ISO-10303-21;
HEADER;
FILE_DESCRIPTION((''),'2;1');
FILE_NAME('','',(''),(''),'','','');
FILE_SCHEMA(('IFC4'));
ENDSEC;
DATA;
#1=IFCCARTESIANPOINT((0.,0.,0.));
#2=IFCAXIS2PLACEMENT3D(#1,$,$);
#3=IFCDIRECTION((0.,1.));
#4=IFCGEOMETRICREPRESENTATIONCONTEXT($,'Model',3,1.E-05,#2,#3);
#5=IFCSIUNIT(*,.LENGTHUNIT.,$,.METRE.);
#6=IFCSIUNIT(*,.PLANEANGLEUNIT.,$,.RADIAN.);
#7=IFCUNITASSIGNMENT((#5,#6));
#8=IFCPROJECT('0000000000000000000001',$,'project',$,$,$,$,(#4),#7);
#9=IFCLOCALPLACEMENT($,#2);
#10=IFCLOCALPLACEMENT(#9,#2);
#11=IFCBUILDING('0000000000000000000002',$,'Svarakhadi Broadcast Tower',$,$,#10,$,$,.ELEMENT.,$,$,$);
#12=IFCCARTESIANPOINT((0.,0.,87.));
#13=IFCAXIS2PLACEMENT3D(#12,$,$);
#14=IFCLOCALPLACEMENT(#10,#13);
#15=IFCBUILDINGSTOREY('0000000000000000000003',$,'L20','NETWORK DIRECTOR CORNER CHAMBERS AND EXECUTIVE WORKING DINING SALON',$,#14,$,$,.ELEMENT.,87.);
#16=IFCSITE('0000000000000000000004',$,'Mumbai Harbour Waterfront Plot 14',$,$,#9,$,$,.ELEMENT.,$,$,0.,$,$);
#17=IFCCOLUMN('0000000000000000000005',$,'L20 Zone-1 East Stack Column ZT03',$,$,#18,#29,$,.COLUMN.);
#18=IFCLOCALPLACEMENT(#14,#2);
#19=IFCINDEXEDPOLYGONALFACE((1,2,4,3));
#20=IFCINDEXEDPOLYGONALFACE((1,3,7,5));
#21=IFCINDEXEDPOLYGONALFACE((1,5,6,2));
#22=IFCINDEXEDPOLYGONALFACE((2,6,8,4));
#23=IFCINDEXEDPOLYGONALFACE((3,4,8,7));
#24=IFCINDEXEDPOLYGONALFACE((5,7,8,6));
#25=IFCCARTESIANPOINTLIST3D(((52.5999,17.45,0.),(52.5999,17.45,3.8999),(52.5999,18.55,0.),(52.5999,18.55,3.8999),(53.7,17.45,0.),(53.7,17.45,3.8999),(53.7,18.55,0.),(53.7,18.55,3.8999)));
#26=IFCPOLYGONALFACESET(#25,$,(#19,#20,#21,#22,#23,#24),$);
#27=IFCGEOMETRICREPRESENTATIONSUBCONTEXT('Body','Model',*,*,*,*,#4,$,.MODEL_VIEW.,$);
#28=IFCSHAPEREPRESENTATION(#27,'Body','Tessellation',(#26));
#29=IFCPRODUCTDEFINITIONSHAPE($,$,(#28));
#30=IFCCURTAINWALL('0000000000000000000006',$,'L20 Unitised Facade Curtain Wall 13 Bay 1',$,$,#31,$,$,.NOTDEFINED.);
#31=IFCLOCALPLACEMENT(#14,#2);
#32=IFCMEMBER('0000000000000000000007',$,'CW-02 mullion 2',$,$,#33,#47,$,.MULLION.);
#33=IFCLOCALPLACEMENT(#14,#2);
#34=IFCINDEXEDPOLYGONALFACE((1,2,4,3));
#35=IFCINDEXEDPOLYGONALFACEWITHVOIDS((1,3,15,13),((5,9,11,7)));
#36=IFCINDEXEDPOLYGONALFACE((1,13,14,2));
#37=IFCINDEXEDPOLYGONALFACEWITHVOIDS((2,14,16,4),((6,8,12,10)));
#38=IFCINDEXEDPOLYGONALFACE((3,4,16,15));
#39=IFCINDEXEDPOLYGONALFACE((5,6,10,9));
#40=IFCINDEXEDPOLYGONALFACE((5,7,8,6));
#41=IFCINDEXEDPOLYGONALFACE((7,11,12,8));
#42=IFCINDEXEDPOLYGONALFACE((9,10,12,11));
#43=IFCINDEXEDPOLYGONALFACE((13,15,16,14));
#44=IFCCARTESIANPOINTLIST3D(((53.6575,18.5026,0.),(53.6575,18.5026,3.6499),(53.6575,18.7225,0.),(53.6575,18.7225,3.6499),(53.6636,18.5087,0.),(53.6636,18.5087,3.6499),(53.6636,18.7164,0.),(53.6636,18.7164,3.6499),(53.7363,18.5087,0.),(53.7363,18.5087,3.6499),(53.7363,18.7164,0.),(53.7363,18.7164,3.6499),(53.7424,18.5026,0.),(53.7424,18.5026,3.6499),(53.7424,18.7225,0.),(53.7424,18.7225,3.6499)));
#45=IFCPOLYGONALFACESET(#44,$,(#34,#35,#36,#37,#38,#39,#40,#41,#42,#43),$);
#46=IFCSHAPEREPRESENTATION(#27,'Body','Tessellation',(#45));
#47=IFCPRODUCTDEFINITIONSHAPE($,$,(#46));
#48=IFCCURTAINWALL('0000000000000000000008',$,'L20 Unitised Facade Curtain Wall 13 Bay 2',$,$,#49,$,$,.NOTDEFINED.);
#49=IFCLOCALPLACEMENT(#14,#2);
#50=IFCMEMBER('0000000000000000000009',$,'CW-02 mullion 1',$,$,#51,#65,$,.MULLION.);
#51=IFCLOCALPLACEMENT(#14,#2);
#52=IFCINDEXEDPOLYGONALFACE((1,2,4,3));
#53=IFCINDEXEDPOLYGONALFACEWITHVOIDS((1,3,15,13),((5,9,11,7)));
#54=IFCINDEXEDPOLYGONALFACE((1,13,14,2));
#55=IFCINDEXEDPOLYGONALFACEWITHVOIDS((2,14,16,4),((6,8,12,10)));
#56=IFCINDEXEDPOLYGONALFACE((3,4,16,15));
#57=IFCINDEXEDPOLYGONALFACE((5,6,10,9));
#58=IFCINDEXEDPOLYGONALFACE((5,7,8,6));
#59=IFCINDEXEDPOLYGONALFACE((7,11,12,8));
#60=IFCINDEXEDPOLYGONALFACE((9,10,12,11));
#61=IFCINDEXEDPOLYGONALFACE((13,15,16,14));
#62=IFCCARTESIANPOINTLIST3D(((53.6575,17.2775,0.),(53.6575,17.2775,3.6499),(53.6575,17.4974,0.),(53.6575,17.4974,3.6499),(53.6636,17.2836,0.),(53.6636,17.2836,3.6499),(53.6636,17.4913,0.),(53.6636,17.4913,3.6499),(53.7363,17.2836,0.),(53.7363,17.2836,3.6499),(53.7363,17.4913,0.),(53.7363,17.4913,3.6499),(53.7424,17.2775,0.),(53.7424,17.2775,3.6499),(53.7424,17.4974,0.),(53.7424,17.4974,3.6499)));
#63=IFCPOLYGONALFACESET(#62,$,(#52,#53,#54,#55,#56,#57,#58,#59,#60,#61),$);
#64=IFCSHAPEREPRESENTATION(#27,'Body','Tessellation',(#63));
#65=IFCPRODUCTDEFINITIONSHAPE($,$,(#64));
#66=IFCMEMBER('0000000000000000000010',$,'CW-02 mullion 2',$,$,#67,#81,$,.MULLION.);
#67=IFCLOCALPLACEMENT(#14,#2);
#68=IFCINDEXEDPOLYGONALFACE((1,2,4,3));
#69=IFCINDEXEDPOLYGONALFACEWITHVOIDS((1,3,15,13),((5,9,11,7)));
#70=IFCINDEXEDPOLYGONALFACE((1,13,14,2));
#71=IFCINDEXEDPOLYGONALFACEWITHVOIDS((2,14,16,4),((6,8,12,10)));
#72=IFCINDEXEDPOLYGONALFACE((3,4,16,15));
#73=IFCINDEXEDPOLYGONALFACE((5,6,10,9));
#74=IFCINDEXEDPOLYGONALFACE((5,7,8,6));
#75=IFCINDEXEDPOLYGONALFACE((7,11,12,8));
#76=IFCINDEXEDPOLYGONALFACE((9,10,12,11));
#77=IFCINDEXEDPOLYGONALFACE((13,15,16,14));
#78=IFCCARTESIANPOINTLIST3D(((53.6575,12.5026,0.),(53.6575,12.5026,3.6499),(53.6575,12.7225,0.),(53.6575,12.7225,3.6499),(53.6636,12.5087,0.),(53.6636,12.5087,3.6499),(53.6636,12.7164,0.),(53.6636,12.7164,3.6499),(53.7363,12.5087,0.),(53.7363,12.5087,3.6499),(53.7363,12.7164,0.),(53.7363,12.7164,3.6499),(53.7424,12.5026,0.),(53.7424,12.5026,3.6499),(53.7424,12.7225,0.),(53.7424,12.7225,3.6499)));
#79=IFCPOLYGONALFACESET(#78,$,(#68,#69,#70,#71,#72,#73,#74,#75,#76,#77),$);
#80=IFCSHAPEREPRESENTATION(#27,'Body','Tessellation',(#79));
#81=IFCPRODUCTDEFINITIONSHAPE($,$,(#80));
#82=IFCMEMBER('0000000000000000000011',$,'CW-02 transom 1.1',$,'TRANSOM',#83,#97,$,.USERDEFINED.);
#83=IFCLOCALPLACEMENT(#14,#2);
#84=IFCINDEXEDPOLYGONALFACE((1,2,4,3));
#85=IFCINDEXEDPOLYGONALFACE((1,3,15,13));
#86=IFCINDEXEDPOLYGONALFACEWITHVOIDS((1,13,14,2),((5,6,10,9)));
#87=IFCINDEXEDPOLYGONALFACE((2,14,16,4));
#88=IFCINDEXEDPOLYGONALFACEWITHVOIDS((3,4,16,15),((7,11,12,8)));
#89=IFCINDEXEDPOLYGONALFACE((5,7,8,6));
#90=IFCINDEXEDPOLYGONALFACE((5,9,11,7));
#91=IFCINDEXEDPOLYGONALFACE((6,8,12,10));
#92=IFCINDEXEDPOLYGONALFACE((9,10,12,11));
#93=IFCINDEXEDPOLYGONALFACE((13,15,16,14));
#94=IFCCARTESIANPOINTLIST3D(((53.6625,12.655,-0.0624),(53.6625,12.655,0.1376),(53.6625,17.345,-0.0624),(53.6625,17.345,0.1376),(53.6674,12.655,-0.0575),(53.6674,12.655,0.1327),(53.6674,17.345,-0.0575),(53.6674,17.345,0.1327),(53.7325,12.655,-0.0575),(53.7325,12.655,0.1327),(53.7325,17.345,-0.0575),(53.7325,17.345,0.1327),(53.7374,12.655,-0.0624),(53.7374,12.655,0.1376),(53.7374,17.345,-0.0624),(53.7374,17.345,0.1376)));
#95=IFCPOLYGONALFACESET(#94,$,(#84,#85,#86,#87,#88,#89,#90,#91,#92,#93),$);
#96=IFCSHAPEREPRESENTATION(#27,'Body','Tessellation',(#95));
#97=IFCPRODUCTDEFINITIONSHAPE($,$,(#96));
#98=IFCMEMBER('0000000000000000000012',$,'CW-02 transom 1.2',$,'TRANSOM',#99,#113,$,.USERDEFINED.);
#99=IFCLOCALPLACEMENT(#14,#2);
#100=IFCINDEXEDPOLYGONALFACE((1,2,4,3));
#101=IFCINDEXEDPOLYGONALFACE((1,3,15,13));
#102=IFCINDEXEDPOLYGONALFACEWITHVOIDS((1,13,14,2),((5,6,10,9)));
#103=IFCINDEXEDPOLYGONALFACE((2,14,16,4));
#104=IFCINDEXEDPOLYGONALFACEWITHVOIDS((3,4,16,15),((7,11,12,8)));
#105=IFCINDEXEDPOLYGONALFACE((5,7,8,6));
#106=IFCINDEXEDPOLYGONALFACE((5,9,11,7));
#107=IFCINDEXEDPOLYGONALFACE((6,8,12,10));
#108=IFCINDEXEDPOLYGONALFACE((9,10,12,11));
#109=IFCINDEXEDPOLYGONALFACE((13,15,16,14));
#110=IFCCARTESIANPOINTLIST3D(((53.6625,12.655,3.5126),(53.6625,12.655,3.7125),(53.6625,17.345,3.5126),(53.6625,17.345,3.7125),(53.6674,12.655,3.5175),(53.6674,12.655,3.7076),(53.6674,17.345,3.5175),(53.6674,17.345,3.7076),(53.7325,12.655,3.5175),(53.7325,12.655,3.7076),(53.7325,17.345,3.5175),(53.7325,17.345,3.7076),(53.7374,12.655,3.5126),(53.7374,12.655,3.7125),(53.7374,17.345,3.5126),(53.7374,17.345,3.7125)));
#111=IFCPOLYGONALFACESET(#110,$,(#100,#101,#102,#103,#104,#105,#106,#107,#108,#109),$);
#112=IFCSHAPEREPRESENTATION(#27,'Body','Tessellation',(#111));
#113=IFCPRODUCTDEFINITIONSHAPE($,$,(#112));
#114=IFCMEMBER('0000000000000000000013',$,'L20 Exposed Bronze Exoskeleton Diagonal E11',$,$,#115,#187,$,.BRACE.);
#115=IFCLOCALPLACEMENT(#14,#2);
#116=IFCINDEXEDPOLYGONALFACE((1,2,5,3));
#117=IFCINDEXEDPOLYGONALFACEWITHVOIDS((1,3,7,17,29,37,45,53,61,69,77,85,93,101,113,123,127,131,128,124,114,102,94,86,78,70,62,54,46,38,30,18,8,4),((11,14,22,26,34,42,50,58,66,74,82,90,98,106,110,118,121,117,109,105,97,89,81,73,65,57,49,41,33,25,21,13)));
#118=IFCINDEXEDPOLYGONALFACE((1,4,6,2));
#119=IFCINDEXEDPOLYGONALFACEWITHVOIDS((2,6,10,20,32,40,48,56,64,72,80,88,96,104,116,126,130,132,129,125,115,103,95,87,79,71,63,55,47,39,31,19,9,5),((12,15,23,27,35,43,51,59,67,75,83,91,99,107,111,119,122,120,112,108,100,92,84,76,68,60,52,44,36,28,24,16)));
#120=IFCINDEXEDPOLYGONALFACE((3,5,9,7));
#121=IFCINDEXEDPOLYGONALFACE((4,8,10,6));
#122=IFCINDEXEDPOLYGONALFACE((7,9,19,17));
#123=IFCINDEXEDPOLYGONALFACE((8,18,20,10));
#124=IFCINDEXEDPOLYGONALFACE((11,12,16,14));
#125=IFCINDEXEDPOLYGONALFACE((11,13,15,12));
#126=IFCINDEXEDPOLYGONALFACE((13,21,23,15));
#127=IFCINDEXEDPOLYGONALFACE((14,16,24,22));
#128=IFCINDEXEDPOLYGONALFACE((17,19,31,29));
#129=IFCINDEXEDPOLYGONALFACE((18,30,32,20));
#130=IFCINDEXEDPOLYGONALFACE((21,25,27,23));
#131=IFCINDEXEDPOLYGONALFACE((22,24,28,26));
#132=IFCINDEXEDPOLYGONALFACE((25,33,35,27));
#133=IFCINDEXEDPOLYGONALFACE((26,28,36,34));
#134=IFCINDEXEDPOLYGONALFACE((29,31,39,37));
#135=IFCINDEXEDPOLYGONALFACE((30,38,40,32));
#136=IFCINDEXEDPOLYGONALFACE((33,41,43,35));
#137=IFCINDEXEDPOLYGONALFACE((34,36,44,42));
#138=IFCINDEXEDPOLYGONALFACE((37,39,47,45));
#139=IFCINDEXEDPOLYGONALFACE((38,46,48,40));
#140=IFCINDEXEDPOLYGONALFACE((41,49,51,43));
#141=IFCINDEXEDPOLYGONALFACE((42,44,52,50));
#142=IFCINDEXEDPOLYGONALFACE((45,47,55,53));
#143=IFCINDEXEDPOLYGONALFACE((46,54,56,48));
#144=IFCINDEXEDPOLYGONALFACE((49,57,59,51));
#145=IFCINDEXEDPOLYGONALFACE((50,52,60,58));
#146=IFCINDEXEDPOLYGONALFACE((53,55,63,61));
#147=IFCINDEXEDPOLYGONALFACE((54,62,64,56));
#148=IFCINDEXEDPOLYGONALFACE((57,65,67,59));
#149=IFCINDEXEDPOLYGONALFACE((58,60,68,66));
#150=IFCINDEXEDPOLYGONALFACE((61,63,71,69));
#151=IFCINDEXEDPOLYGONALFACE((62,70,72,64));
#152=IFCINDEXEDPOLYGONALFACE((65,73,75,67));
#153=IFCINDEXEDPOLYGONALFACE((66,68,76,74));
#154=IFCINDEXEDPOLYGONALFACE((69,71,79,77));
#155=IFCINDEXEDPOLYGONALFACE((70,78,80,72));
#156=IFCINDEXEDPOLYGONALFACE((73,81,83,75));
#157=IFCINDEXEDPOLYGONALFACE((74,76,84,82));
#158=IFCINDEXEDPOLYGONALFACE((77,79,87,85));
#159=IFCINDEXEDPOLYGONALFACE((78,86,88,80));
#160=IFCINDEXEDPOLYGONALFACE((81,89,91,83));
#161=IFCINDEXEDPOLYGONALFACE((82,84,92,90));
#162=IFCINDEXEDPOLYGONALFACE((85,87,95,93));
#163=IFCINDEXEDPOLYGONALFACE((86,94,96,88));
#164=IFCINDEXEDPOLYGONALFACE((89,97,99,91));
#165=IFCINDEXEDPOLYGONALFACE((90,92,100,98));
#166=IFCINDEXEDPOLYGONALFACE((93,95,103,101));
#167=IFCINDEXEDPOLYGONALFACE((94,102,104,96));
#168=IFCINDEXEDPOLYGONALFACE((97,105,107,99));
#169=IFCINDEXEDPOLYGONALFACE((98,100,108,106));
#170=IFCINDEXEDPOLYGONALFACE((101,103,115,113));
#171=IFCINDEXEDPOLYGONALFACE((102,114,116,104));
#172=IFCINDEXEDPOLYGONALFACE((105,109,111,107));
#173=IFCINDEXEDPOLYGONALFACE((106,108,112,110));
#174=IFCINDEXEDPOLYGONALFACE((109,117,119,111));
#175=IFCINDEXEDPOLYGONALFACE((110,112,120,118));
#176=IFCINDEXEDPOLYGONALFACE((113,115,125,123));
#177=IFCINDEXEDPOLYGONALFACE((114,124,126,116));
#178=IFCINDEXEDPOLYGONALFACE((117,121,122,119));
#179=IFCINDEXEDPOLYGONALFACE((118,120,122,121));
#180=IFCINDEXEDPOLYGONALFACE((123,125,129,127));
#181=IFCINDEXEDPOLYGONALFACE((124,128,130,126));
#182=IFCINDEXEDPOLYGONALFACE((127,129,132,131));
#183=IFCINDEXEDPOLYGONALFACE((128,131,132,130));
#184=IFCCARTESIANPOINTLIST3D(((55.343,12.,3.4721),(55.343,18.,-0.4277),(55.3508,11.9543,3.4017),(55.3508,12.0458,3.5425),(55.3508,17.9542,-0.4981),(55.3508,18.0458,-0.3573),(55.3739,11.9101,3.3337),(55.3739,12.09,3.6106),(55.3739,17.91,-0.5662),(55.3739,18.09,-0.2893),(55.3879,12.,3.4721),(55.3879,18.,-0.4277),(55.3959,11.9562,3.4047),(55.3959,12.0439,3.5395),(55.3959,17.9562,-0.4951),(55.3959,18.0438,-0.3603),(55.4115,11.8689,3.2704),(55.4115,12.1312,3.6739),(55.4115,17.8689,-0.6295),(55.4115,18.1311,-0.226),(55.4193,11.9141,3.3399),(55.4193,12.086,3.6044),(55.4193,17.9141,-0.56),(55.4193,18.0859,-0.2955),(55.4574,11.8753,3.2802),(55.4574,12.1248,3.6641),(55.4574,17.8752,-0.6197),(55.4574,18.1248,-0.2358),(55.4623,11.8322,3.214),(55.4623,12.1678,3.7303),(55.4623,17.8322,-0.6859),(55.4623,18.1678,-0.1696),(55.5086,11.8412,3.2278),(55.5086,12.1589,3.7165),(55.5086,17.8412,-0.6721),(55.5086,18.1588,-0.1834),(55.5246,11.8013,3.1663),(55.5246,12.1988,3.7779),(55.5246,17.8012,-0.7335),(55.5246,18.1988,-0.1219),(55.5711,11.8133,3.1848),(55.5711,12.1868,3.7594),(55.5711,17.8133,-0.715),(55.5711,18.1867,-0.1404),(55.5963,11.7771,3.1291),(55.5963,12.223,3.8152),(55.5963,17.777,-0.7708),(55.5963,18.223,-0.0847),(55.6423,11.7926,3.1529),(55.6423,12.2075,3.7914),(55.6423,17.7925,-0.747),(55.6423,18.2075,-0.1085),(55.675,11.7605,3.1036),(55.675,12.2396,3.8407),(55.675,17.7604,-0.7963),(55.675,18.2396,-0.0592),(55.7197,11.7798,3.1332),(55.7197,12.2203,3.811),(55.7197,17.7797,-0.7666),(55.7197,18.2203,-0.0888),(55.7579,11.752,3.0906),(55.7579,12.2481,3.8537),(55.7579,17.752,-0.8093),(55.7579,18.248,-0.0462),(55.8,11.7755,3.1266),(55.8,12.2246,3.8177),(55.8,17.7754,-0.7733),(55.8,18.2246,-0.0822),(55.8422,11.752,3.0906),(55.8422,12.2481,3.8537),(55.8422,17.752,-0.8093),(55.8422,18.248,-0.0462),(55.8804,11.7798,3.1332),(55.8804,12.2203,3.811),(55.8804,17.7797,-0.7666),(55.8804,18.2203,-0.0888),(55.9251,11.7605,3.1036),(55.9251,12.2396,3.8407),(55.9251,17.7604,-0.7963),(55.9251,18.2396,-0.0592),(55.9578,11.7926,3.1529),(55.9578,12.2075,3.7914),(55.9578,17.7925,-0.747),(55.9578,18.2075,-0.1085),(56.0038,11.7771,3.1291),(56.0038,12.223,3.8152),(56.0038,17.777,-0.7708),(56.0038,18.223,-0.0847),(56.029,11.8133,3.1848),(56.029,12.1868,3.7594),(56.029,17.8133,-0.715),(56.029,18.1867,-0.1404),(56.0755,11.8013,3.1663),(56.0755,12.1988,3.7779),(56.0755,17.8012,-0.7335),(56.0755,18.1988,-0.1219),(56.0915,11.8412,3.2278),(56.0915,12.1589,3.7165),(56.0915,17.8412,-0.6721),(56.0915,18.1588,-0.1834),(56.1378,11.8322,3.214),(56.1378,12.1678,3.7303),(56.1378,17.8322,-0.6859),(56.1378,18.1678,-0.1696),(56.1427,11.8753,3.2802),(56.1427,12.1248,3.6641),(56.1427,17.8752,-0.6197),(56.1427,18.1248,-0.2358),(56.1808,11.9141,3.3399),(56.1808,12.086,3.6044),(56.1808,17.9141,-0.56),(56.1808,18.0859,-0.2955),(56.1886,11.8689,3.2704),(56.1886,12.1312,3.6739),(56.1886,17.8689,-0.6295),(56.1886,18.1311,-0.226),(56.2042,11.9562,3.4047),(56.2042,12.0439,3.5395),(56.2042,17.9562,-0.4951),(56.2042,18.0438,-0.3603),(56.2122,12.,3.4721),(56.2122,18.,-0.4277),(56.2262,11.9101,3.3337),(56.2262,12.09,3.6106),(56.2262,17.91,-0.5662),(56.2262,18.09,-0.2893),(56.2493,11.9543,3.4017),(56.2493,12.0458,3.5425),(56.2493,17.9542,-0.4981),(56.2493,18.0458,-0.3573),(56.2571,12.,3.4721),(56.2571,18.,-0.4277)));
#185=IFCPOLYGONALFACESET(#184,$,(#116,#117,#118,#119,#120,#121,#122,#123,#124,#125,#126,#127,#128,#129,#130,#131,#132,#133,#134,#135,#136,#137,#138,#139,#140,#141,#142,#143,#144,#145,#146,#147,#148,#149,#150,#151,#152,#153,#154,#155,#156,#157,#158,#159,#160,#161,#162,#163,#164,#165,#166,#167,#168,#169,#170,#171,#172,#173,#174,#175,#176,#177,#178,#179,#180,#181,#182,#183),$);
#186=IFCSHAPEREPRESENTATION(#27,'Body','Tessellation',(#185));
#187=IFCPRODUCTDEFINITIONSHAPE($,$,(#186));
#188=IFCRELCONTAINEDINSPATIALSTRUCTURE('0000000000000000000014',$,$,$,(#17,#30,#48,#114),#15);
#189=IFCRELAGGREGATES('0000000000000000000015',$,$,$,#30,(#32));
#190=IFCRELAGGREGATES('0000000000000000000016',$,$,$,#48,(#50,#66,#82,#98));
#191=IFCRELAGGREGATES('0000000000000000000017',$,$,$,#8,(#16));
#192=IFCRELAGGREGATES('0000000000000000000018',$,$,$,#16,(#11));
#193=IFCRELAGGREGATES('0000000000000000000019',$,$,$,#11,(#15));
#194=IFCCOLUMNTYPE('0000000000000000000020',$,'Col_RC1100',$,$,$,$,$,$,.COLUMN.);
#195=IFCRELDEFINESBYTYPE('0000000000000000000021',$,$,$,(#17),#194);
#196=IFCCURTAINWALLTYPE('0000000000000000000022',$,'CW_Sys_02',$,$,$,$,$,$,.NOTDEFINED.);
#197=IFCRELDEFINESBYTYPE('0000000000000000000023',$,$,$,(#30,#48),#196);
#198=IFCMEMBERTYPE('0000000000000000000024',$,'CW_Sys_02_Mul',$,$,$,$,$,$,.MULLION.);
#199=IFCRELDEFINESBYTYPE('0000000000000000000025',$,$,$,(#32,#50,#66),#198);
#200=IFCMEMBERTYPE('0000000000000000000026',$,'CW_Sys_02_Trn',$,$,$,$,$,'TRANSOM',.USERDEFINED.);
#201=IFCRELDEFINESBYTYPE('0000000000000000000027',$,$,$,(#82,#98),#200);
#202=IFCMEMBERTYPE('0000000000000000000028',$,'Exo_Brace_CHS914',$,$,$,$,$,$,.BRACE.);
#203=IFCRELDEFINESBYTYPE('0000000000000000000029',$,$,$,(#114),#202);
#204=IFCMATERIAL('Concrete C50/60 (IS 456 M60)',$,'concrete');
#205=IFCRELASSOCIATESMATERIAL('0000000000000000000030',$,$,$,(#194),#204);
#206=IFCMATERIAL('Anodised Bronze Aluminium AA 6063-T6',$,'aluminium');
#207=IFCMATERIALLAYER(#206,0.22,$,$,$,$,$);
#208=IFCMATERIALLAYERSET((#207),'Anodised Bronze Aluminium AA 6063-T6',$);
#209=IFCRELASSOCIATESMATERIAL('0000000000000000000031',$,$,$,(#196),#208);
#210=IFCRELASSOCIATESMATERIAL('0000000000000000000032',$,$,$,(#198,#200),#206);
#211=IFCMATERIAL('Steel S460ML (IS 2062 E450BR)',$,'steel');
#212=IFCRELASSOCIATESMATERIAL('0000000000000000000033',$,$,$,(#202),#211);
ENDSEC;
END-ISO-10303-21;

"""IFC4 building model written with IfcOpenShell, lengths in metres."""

from ifc_helpers import new_model, si_unit, direction, frame, origin, origin_2d, place, context, subcontext, project, spatial, rectangle, hollow_rectangle, hollow_circle, extrude, material, layer, layer_set, material_profile, profile_set, type_object, element, aggregate, save


model = new_model("IFC4")

# Units and contexts
model_context = context("Model", 3, precision=1e-05, world=origin(), true_north=direction((0.0, 1.0)))
body_context = subcontext(model_context, "Body", "Model", "MODEL_VIEW")
ifc_project = project(units=[si_unit("LENGTHUNIT", "METRE"), si_unit("PLANEANGLEUNIT", "RADIAN")], contexts=[model_context])

# Site, building, storey
site_placement = place(None, origin())
site = spatial("IfcSite", under=ifc_project, at=site_placement, Name="Mumbai Harbour Waterfront Plot 14", CompositionType="ELEMENT", RefElevation=0.0)
building_placement = place(site_placement, origin())
building = spatial("IfcBuilding", under=site, at=building_placement, Name="Svarakhadi Broadcast Tower", CompositionType="ELEMENT")
storey_placement = place(building_placement, frame((0.0, 0.0, 87.0)))
storey = spatial("IfcBuildingStorey", under=building, at=storey_placement, Name="L20", Description="NETWORK DIRECTOR CORNER CHAMBERS AND EXECUTIVE WORKING DINING SALON", CompositionType="ELEMENT", Elevation=87.0)

# Column
ifc_material_1 = material(Name="Concrete C50/60 (IS 456 M60)", Category="concrete")
ifc_material_profile_1 = material_profile(ifc_material_1, rectangle(XDim=1.1001, YDim=1.1001, at=origin_2d()), Name="RC 1100x1100")
ifc_profile_set_1 = profile_set([ifc_material_profile_1], Name="Concrete C50/60 (IS 456 M60)")
column_type = type_object("IfcColumnType", Name="Col_RC1100", PredefinedType="COLUMN", material=ifc_profile_set_1)
column_placement = place(storey_placement, frame((53.1499, 18.0, 0.0), z_axis=(0.0, 0.0, 1.0), x_axis=(1.0, 0.0, 0.0)))
element("IfcColumn", 1, at=column_placement, inside=storey, type_object=column_type, Name="L20 Zone-1 East Stack Column ZT03", PredefinedType="COLUMN", context=body_context, shape_type="SweptSolid", body=[
    extrude(rectangle(XDim=1.1001, YDim=1.1001, at=origin_2d()), origin(), (0.0, 0.0, 1.0), 3.8999),
])

# Curtain wall, member
ifc_material_2 = material(Name="Anodised Bronze Aluminium AA 6063-T6", Category="aluminium")
ifc_layer_1 = layer(ifc_material_2, 0.22)
ifc_layer_set_1 = layer_set([ifc_layer_1], Name="Anodised Bronze Aluminium AA 6063-T6")
curtain_wall_type = type_object("IfcCurtainWallType", Name="CW_Sys_02", PredefinedType="NOTDEFINED", material=ifc_layer_set_1)
curtain_wall_1_placement = place(storey_placement, origin())
curtain_wall_1 = element("IfcCurtainWall", 2, at=curtain_wall_1_placement, inside=storey, type_object=curtain_wall_type, Name="L20 Unitised Facade Curtain Wall 13 Bay 1", PredefinedType="NOTDEFINED")
ifc_material_profile_2 = material_profile(ifc_material_2, hollow_rectangle(XDim=0.085, YDim=0.22, WallThickness=0.0061, at=origin_2d()), Name="ALU MULLION 220x85x6")
ifc_profile_set_2 = profile_set([ifc_material_profile_2], Name="Anodised Bronze Aluminium AA 6063-T6")
member_type_1 = type_object("IfcMemberType", Name="CW_Sys_02_Mul", PredefinedType="MULLION", material=ifc_profile_set_2)
member_1_placement = place(storey_placement, frame((53.7, 18.6125, 0.0), z_axis=(0.0, 0.0, 1.0), x_axis=(1.0, 0.0, 0.0)))
member_1 = element("IfcMember", 3, at=member_1_placement, type_object=member_type_1, Name="CW-02 mullion 2", PredefinedType="MULLION", context=body_context, shape_type="SweptSolid", body=[
    extrude(hollow_rectangle(XDim=0.085, YDim=0.22, WallThickness=0.0061, at=origin_2d()), origin(), (0.0, 0.0, 1.0), 3.6499),
])

# Curtain wall, members
curtain_wall_2_placement = place(storey_placement, origin())
curtain_wall_2 = element("IfcCurtainWall", 4, at=curtain_wall_2_placement, inside=storey, type_object=curtain_wall_type, Name="L20 Unitised Facade Curtain Wall 13 Bay 2", PredefinedType="NOTDEFINED")
member_2_placement = place(storey_placement, frame((53.7, 17.3875, 0.0), z_axis=(0.0, 0.0, 1.0), x_axis=(1.0, 0.0, 0.0)))
member_2 = element("IfcMember", 5, at=member_2_placement, type_object=member_type_1, Name="CW-02 mullion 1", PredefinedType="MULLION", context=body_context, shape_type="SweptSolid", body=[
    extrude(hollow_rectangle(XDim=0.085, YDim=0.22, WallThickness=0.0061, at=origin_2d()), origin(), (0.0, 0.0, 1.0), 3.6499),
])
member_3_placement = place(storey_placement, frame((53.7, 12.6125, 0.0), z_axis=(0.0, 0.0, 1.0), x_axis=(1.0, 0.0, 0.0)))
member_3 = element("IfcMember", 6, at=member_3_placement, type_object=member_type_1, Name="CW-02 mullion 2", PredefinedType="MULLION", context=body_context, shape_type="SweptSolid", body=[
    extrude(hollow_rectangle(XDim=0.085, YDim=0.22, WallThickness=0.0061, at=origin_2d()), origin(), (0.0, 0.0, 1.0), 3.6499),
])
ifc_material_profile_3 = material_profile(ifc_material_2, hollow_rectangle(XDim=0.075, YDim=0.2, WallThickness=0.0049, at=origin_2d()), Name="ALU TRANSOM 200x75x5")
ifc_profile_set_3 = profile_set([ifc_material_profile_3], Name="Anodised Bronze Aluminium AA 6063-T6")
member_type_2 = type_object("IfcMemberType", Name="CW_Sys_02_Trn", ElementType="TRANSOM", PredefinedType="USERDEFINED", material=ifc_profile_set_3)
member_4_placement = place(storey_placement, frame((53.7, 17.345, 0.0376), z_axis=(0.0, -1.0, 0.0), x_axis=(1.0, 0.0, 0.0)))
member_4 = element("IfcMember", 7, at=member_4_placement, type_object=member_type_2, Name="CW-02 transom 1.1", ObjectType="TRANSOM", PredefinedType="USERDEFINED", context=body_context, shape_type="SweptSolid", body=[
    extrude(hollow_rectangle(XDim=0.075, YDim=0.2, WallThickness=0.0049, at=origin_2d()), origin(), (0.0, 0.0, 1.0), 4.6899),
])
member_5_placement = place(storey_placement, frame((53.7, 17.345, 3.6125), z_axis=(0.0, -1.0, 0.0), x_axis=(1.0, 0.0, 0.0)))
member_5 = element("IfcMember", 8, at=member_5_placement, type_object=member_type_2, Name="CW-02 transom 1.2", ObjectType="TRANSOM", PredefinedType="USERDEFINED", context=body_context, shape_type="SweptSolid", body=[
    extrude(hollow_rectangle(XDim=0.075, YDim=0.2, WallThickness=0.0049, at=origin_2d()), origin(), (0.0, 0.0, 1.0), 4.6899),
])

# Member
ifc_material_3 = material(Name="Steel S460ML (IS 2062 E450BR)", Category="steel")
ifc_material_profile_4 = material_profile(ifc_material_3, hollow_circle(Radius=0.457, WallThickness=0.0449, at=origin_2d()), Name="CHS 914x45")
ifc_profile_set_4 = profile_set([ifc_material_profile_4], Name="Steel S460ML (IS 2062 E450BR)")
member_type_3 = type_object("IfcMemberType", Name="Exo_Brace_CHS914", PredefinedType="BRACE", material=ifc_profile_set_4)
member_6_placement = place(storey_placement, frame((55.8, 18.0, -0.4277), z_axis=(0.0, -0.83845, 0.544979), x_axis=(1.0, 0.0, 0.0)))
element("IfcMember", 9, at=member_6_placement, inside=storey, type_object=member_type_3, Name="L20 Exposed Bronze Exoskeleton Diagonal E11", PredefinedType="BRACE", context=body_context, shape_type="SweptSolid", body=[
    extrude(hollow_circle(Radius=0.457, WallThickness=0.0449, at=origin_2d()), origin(), (0.0, 0.0, 1.0), 7.156),
])

aggregate(curtain_wall_1, [member_1])
aggregate(curtain_wall_2, [member_2, member_3, member_4, member_5])

save(model, "model.ifc")
